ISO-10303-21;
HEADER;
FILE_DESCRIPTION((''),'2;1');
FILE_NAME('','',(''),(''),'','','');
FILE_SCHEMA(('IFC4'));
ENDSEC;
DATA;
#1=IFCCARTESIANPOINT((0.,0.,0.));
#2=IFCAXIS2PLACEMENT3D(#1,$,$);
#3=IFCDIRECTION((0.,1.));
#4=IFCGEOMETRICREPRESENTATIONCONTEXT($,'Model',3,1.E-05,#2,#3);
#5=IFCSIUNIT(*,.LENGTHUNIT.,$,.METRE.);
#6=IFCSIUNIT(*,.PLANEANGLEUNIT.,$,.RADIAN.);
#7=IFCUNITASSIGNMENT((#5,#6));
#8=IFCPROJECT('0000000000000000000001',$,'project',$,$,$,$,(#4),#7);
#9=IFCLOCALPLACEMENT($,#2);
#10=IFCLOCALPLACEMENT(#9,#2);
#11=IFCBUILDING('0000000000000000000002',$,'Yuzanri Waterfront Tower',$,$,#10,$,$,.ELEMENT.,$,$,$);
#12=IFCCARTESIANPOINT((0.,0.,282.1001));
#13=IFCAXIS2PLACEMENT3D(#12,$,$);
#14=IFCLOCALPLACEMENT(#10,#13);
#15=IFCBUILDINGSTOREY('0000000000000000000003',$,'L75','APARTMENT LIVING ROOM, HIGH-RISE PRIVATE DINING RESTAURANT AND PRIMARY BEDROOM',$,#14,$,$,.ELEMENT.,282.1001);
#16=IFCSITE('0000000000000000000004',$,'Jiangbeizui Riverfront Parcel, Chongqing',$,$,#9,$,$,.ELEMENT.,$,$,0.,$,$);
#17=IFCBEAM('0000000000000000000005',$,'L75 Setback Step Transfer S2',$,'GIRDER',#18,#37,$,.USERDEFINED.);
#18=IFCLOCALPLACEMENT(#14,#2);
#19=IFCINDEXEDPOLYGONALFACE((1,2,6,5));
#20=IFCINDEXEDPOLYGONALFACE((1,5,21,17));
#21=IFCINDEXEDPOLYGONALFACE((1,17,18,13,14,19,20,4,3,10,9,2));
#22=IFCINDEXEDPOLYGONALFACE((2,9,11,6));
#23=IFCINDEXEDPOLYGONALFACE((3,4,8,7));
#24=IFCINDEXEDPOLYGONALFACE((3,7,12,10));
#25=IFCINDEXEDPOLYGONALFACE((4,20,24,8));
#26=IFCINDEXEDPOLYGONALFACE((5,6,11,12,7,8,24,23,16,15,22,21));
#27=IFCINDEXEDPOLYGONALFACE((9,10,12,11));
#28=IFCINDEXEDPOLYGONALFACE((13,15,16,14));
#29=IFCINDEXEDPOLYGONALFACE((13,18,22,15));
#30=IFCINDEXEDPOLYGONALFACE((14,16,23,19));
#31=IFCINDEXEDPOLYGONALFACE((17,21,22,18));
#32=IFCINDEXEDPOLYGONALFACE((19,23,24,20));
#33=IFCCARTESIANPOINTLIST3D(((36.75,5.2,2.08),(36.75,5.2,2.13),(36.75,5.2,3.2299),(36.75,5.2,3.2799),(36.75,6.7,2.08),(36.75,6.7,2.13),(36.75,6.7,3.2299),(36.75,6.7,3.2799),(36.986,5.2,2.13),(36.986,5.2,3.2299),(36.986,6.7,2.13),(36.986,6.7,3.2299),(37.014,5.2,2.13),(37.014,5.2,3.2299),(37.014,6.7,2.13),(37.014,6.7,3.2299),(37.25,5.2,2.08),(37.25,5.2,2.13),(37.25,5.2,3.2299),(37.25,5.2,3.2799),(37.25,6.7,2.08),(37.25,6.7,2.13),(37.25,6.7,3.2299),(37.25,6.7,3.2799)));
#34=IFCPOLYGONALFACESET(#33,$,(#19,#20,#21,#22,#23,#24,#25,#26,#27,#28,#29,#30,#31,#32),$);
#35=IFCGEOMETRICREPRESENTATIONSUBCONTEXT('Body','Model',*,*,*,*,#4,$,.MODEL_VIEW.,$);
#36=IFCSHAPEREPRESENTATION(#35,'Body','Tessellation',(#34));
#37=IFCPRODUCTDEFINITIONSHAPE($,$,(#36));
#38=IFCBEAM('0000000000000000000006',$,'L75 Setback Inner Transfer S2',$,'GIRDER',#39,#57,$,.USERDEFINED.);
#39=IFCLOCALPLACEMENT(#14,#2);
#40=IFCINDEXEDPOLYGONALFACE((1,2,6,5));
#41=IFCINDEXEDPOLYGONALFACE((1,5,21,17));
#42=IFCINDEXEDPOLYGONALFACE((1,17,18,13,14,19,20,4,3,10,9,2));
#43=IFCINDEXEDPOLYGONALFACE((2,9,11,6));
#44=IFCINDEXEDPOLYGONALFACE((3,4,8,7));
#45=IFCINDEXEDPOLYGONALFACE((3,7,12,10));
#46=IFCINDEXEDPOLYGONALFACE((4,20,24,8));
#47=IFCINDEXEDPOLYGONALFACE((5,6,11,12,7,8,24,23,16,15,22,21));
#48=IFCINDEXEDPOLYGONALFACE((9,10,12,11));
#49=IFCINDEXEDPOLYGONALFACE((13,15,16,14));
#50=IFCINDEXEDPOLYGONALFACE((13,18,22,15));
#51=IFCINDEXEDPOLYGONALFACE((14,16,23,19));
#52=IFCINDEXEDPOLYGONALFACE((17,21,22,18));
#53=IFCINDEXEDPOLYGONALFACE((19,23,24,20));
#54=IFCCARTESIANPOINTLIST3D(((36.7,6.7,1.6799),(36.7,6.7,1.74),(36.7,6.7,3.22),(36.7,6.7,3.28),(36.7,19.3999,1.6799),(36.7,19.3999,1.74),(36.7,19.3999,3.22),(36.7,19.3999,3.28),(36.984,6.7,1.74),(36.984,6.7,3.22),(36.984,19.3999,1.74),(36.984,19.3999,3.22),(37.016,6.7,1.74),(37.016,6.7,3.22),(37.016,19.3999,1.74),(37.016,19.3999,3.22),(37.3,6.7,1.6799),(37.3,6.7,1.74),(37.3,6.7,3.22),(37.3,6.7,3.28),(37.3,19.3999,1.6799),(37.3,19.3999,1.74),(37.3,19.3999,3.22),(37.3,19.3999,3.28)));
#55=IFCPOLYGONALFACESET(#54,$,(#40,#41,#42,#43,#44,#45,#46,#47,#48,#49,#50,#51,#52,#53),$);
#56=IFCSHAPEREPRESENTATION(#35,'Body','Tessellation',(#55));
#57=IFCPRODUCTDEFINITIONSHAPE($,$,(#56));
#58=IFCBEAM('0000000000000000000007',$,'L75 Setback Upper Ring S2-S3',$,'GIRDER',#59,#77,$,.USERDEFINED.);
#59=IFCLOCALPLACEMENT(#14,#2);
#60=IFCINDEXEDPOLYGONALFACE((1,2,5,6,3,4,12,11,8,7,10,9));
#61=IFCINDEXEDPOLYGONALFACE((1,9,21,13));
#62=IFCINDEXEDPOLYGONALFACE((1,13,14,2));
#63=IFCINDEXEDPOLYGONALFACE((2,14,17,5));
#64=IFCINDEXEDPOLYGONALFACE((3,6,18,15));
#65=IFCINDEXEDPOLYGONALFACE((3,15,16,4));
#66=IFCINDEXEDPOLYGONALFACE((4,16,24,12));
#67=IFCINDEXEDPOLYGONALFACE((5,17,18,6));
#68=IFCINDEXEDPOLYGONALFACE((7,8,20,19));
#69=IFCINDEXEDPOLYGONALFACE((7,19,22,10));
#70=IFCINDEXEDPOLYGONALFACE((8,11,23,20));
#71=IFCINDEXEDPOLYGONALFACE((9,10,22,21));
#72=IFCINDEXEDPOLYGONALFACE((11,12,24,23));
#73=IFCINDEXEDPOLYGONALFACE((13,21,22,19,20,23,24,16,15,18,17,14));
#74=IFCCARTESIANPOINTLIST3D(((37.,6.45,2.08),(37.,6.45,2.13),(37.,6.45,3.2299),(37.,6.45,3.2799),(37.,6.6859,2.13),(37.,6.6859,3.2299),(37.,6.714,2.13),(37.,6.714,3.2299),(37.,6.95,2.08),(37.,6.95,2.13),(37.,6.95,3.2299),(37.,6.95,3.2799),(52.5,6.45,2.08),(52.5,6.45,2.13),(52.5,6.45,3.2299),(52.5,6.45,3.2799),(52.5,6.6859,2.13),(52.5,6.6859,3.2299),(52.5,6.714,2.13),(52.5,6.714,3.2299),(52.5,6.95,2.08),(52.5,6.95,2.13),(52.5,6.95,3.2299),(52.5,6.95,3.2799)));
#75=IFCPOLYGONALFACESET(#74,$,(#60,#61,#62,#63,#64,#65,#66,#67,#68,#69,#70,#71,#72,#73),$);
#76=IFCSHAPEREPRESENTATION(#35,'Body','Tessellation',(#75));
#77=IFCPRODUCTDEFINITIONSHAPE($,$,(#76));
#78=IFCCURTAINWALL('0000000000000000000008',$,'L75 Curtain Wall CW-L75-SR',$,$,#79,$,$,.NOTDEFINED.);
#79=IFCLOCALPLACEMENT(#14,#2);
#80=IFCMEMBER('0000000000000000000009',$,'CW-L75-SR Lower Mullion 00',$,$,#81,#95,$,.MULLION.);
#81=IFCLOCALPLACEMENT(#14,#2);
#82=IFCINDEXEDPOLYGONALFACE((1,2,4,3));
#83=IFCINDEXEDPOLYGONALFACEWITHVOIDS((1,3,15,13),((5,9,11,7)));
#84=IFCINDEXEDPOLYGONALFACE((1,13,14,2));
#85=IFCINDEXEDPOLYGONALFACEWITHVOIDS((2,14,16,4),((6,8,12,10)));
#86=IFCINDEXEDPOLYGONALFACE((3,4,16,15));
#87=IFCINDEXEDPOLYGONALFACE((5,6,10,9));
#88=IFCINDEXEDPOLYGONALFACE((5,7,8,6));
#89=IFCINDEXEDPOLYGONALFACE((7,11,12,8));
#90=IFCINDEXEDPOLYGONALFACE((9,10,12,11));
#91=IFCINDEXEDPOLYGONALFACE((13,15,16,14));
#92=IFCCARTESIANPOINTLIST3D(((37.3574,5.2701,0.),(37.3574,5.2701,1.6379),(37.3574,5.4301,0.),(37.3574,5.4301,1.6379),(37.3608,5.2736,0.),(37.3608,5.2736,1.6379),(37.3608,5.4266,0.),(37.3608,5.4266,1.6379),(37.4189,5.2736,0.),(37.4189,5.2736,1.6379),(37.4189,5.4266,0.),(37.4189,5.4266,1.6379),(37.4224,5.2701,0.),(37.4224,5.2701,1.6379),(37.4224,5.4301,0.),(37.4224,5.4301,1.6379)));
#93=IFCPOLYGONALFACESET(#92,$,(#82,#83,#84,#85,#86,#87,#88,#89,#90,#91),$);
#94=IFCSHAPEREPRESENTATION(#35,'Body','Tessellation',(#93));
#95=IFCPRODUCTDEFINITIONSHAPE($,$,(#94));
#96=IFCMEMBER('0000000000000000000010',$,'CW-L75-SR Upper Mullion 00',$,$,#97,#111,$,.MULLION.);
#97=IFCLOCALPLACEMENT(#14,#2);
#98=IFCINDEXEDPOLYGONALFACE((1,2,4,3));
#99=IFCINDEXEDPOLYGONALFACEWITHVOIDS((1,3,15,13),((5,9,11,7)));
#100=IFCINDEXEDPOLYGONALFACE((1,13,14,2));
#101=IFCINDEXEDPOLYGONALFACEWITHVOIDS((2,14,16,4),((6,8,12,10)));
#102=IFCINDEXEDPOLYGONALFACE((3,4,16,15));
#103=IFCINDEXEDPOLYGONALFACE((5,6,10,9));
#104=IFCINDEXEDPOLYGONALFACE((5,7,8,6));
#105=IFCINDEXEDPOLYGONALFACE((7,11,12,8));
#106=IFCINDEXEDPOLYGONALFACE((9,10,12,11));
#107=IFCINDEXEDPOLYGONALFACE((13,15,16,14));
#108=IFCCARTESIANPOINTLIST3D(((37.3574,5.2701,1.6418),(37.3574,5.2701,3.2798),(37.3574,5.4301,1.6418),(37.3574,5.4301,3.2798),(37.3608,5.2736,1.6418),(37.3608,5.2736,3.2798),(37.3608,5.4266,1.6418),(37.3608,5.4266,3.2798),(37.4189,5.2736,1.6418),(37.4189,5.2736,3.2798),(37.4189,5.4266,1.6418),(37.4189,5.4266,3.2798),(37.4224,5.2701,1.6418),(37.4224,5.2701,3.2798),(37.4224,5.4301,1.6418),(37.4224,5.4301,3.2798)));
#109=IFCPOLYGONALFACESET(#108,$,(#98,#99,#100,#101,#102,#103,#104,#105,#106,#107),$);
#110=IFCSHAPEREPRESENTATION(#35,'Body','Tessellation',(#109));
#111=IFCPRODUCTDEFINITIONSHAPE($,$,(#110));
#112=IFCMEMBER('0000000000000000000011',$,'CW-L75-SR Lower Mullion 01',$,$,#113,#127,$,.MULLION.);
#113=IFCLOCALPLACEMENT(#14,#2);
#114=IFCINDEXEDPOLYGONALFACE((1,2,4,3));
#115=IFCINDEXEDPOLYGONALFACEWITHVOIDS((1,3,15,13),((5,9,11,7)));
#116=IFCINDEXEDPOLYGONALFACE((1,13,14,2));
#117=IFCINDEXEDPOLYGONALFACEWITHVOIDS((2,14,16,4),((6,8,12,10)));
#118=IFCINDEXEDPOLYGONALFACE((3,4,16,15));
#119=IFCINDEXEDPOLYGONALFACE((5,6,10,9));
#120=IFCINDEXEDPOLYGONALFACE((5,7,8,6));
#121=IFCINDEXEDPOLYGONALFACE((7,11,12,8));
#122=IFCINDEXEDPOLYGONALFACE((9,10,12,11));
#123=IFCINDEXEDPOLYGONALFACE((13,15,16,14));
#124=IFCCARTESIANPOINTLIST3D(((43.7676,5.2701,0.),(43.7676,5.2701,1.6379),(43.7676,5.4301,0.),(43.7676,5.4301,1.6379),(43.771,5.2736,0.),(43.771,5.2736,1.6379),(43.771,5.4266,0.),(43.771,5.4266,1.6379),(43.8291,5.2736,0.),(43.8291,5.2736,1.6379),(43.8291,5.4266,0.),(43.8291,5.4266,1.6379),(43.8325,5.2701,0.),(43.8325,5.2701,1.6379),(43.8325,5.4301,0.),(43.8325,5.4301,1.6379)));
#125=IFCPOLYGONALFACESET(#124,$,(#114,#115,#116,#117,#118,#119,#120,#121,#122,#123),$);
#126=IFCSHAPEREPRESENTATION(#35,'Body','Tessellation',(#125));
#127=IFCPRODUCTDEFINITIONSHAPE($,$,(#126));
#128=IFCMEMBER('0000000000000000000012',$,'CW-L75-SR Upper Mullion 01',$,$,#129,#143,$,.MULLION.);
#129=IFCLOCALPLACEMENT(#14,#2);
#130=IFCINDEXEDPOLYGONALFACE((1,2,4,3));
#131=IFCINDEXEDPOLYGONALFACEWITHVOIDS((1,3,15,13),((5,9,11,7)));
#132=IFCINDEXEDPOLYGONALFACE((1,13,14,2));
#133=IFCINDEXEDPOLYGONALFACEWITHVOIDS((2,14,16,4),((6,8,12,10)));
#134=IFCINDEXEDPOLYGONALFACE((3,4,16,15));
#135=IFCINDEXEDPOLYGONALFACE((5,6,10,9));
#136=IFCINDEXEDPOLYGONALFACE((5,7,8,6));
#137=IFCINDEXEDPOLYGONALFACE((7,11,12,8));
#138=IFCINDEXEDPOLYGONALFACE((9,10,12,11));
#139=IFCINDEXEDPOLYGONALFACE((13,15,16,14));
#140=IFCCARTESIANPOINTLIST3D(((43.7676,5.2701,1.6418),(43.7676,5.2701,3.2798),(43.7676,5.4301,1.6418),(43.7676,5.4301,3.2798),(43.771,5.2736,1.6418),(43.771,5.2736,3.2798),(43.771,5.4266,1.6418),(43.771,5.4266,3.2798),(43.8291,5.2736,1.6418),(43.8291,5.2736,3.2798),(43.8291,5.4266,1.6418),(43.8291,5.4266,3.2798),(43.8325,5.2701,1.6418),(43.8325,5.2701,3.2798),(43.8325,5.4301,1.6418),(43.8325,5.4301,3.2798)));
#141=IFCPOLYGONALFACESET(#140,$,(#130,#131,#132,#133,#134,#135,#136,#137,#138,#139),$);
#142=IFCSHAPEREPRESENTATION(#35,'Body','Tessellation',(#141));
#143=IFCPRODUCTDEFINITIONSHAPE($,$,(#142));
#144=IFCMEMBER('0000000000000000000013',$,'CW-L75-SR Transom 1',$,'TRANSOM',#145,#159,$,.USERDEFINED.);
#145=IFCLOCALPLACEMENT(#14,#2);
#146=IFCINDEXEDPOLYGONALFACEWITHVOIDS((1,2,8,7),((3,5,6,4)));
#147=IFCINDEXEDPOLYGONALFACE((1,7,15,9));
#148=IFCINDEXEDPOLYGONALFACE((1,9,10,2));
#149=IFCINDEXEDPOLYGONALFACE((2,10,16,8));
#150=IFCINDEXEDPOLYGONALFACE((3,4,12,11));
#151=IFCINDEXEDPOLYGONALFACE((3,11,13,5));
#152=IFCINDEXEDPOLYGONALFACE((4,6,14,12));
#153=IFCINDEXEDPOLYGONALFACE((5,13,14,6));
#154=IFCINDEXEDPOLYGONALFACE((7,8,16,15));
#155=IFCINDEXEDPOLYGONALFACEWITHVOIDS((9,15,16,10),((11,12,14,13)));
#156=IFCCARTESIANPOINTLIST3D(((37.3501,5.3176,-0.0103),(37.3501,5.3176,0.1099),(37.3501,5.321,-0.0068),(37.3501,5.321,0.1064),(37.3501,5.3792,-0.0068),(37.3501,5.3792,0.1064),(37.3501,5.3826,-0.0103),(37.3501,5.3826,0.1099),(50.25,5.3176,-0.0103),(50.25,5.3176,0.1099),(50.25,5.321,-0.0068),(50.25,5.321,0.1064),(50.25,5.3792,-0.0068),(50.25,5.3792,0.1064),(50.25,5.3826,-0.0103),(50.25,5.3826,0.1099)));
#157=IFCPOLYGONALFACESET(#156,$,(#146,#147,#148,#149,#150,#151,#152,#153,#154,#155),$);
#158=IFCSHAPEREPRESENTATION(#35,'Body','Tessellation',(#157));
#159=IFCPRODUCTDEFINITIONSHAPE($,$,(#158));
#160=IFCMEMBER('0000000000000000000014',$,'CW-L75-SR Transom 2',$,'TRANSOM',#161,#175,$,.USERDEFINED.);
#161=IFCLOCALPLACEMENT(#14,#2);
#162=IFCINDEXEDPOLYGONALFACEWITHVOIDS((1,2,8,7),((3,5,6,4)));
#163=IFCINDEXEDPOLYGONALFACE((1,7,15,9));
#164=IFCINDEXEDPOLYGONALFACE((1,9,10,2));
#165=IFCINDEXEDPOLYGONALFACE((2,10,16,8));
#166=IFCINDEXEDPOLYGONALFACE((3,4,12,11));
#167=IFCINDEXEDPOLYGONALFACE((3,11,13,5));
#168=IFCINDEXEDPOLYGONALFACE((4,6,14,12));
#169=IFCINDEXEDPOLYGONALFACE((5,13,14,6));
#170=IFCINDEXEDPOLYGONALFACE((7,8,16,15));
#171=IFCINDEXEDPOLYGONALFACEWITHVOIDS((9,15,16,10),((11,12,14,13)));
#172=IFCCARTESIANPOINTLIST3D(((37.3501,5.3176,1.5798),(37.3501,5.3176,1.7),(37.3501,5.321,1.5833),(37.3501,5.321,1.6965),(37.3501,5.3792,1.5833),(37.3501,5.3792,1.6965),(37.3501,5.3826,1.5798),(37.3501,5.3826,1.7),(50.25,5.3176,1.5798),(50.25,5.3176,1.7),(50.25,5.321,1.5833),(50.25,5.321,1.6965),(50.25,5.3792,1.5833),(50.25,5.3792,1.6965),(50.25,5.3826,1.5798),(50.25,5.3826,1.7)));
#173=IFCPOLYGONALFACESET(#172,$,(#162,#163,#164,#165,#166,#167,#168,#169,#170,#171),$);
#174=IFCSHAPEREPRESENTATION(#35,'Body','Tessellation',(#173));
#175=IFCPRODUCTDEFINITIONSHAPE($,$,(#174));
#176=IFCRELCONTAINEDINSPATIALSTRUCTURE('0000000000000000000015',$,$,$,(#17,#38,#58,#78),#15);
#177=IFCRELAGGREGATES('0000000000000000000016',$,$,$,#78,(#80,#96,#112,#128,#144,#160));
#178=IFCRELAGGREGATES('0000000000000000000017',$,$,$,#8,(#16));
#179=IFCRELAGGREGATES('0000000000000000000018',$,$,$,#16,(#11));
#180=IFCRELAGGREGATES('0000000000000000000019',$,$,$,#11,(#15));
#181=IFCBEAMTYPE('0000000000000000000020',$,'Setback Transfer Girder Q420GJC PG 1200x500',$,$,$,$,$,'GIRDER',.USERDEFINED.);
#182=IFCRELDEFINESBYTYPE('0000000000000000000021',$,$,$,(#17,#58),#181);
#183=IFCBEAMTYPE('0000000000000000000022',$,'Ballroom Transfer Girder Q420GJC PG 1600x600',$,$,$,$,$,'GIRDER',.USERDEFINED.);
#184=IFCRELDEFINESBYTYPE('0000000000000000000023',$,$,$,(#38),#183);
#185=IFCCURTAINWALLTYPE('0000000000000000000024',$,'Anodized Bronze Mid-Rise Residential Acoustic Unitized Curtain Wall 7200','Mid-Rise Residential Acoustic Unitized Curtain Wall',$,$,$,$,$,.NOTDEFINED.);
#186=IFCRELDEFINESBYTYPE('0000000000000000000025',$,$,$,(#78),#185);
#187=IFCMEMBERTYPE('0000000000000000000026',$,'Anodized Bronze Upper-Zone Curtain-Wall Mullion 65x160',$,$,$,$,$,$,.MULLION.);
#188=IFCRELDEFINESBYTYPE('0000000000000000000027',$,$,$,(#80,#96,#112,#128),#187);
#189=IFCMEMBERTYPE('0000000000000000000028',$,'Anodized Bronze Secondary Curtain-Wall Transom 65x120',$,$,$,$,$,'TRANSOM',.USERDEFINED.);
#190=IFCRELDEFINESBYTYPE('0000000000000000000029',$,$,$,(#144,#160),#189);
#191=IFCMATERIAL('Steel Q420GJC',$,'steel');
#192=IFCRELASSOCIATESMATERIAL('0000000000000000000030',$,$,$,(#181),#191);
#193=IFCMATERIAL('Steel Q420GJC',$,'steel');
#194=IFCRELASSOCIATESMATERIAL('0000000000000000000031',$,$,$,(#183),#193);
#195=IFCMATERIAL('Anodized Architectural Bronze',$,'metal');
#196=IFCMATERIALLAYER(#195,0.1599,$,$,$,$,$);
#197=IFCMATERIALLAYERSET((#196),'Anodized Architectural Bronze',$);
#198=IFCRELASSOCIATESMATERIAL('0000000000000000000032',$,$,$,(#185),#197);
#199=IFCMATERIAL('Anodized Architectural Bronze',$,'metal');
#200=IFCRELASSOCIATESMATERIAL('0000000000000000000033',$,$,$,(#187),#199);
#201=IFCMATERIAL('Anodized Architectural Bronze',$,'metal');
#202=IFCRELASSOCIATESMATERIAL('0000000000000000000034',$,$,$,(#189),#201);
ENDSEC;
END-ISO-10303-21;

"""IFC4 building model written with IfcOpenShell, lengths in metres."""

from ifc_helpers import new_model, si_unit, direction, frame, origin, origin_2d, place, context, subcontext, project, spatial, hollow_rectangle, i_section, extrude, source, transform, mapped, material, layer, layer_set, material_profile, profile_set, type_object, element, aggregate, save


model = new_model("IFC4")

# Units and contexts
model_context = context("Model", 3, precision=1e-05, world=origin(), true_north=direction((0.0, 1.0)))
body_context = subcontext(model_context, "Body", "Model", "MODEL_VIEW")
ifc_project = project(units=[si_unit("LENGTHUNIT", "METRE"), si_unit("PLANEANGLEUNIT", "RADIAN")], contexts=[model_context])

# Site, building, storey
site_placement = place(None, origin())
site = spatial("IfcSite", under=ifc_project, at=site_placement, Name="Jiangbeizui Riverfront Parcel, Chongqing", CompositionType="ELEMENT", RefElevation=0.0)
building_placement = place(site_placement, origin())
building = spatial("IfcBuilding", under=site, at=building_placement, Name="Yuzanri Waterfront Tower", CompositionType="ELEMENT")
storey_placement = place(building_placement, frame((0.0, 0.0, 282.1001)))
storey = spatial("IfcBuildingStorey", under=building, at=storey_placement, Name="L75", Description="APARTMENT LIVING ROOM, HIGH-RISE PRIVATE DINING RESTAURANT AND PRIMARY BEDROOM", CompositionType="ELEMENT", Elevation=282.1001)

# Beams
ifc_material_1 = material(Name="Steel Q420GJC", Category="steel")
ifc_material_profile_1 = material_profile(ifc_material_1, i_section(OverallWidth=0.5, OverallDepth=1.2, WebThickness=0.0281, FlangeThickness=0.05, at=origin_2d()), Name="PG 1200x500x28x50")
ifc_profile_set_1 = profile_set([ifc_material_profile_1], Name="Steel Q420GJC")
beam_type_1 = type_object("IfcBeamType", Name="Setback Transfer Girder Q420GJC PG 1200x500", ElementType="GIRDER", PredefinedType="USERDEFINED", material=ifc_profile_set_1)
shared_shape_1 = source(origin(), body_context, "Body", "SweptSolid", [
    extrude(i_section(OverallWidth=0.5, OverallDepth=1.2, WebThickness=0.0281, FlangeThickness=0.05, at=origin_2d()), origin(), (0.0, 0.0, 1.0), 1.5),
])
beam_1_placement = place(storey_placement, frame((37.0, 6.7, 2.6799), z_axis=(0.0, -1.0, 0.0), x_axis=(1.0, 0.0, 0.0)))
element("IfcBeam", 1, at=beam_1_placement, inside=storey, type_object=beam_type_1, Name="L75 Setback Step Transfer S2", ObjectType="GIRDER", PredefinedType="USERDEFINED", context=body_context, shape_type="MappedRepresentation", body=[
    mapped(shared_shape_1, transform((0.0, 0.0, 0.0), scale=1.0)),
])
ifc_material_2 = material(Name="Steel Q420GJC", Category="steel")
ifc_material_profile_2 = material_profile(ifc_material_2, i_section(OverallWidth=0.6001, OverallDepth=1.6001, WebThickness=0.032, FlangeThickness=0.0601, at=origin_2d()), Name="PG 1600x600x32x60")
ifc_profile_set_2 = profile_set([ifc_material_profile_2], Name="Steel Q420GJC")
beam_type_2 = type_object("IfcBeamType", Name="Ballroom Transfer Girder Q420GJC PG 1600x600", ElementType="GIRDER", PredefinedType="USERDEFINED", material=ifc_profile_set_2)
shared_shape_2 = source(origin(), body_context, "Body", "SweptSolid", [
    extrude(i_section(OverallWidth=0.6001, OverallDepth=1.6001, WebThickness=0.032, FlangeThickness=0.0601, at=origin_2d()), origin(), (0.0, 0.0, 1.0), 12.7),
])
beam_2_placement = place(storey_placement, frame((37.0, 19.3999, 2.48), z_axis=(0.0, -1.0, 0.0), x_axis=(1.0, 0.0, 0.0)))
element("IfcBeam", 2, at=beam_2_placement, inside=storey, type_object=beam_type_2, Name="L75 Setback Inner Transfer S2", ObjectType="GIRDER", PredefinedType="USERDEFINED", context=body_context, shape_type="MappedRepresentation", body=[
    mapped(shared_shape_2, transform((0.0, 0.0, 0.0), scale=1.0)),
])
shared_shape_3 = source(origin(), body_context, "Body", "SweptSolid", [
    extrude(i_section(OverallWidth=0.5, OverallDepth=1.2, WebThickness=0.0281, FlangeThickness=0.05, at=origin_2d()), origin(), (0.0, 0.0, 1.0), 15.5),
])
beam_3_placement = place(storey_placement, frame((37.0, 6.7, 2.6799), z_axis=(1.0, 0.0, 0.0), x_axis=(0.0, 1.0, 0.0)))
element("IfcBeam", 3, at=beam_3_placement, inside=storey, type_object=beam_type_1, Name="L75 Setback Upper Ring S2-S3", ObjectType="GIRDER", PredefinedType="USERDEFINED", context=body_context, shape_type="MappedRepresentation", body=[
    mapped(shared_shape_3, transform((0.0, 0.0, 0.0), scale=1.0)),
])

# Curtain wall, members
ifc_material_3 = material(Name="Anodized Architectural Bronze", Category="metal")
ifc_layer_1 = layer(ifc_material_3, 0.1599)
ifc_layer_set_1 = layer_set([ifc_layer_1], Name="Anodized Architectural Bronze")
curtain_wall_type = type_object("IfcCurtainWallType", Name="Anodized Bronze Mid-Rise Residential Acoustic Unitized Curtain Wall 7200", Description="Mid-Rise Residential Acoustic Unitized Curtain Wall", PredefinedType="NOTDEFINED", material=ifc_layer_set_1)
curtain_wall_placement = place(storey_placement, origin())
curtain_wall = element("IfcCurtainWall", 4, at=curtain_wall_placement, inside=storey, type_object=curtain_wall_type, Name="L75 Curtain Wall CW-L75-SR", PredefinedType="NOTDEFINED")
ifc_material_4 = material(Name="Anodized Architectural Bronze", Category="metal")
ifc_material_profile_3 = material_profile(ifc_material_4, hollow_rectangle(XDim=0.0649, YDim=0.1599, WallThickness=0.0034, at=origin_2d()), Name="CWM 65x160")
ifc_profile_set_3 = profile_set([ifc_material_profile_3], Name="Anodized Architectural Bronze")
member_type_1 = type_object("IfcMemberType", Name="Anodized Bronze Upper-Zone Curtain-Wall Mullion 65x160", PredefinedType="MULLION", material=ifc_profile_set_3)
shared_shape_4 = source(origin(), body_context, "Body", "SweptSolid", [
    extrude(hollow_rectangle(XDim=0.0649, YDim=0.1599, WallThickness=0.0034, at=origin_2d()), origin(), (0.0, 0.0, 1.0), 1.6379),
])
member_1_placement = place(storey_placement, frame((37.3899, 5.3501, 0.0), z_axis=(0.0, 0.0, 1.0), x_axis=(1.0, 0.0, 0.0)))
member_1 = element("IfcMember", 5, at=member_1_placement, type_object=member_type_1, Name="CW-L75-SR Lower Mullion 00", PredefinedType="MULLION", context=body_context, shape_type="MappedRepresentation", body=[
    mapped(shared_shape_4, transform((0.0, 0.0, 0.0), scale=1.0)),
])
member_2_placement = place(storey_placement, frame((37.3899, 5.3501, 1.6418), z_axis=(0.0, 0.0, 1.0), x_axis=(1.0, 0.0, 0.0)))
member_2 = element("IfcMember", 6, at=member_2_placement, type_object=member_type_1, Name="CW-L75-SR Upper Mullion 00", PredefinedType="MULLION", context=body_context, shape_type="MappedRepresentation", body=[
    mapped(shared_shape_4, transform((0.0, 0.0, 0.0), scale=1.0)),
])
member_3_placement = place(storey_placement, frame((43.8, 5.3501, 0.0), z_axis=(0.0, 0.0, 1.0), x_axis=(1.0, 0.0, 0.0)))
member_3 = element("IfcMember", 7, at=member_3_placement, type_object=member_type_1, Name="CW-L75-SR Lower Mullion 01", PredefinedType="MULLION", context=body_context, shape_type="MappedRepresentation", body=[
    mapped(shared_shape_4, transform((0.0, 0.0, 0.0), scale=1.0)),
])
member_4_placement = place(storey_placement, frame((43.8, 5.3501, 1.6418), z_axis=(0.0, 0.0, 1.0), x_axis=(1.0, 0.0, 0.0)))
member_4 = element("IfcMember", 8, at=member_4_placement, type_object=member_type_1, Name="CW-L75-SR Upper Mullion 01", PredefinedType="MULLION", context=body_context, shape_type="MappedRepresentation", body=[
    mapped(shared_shape_4, transform((0.0, 0.0, 0.0), scale=1.0)),
])
ifc_material_5 = material(Name="Anodized Architectural Bronze", Category="metal")
ifc_material_profile_4 = material_profile(ifc_material_5, hollow_rectangle(XDim=0.0649, YDim=0.1201, WallThickness=0.0034, at=origin_2d()), Name="CWT 65x120")
ifc_profile_set_4 = profile_set([ifc_material_profile_4], Name="Anodized Architectural Bronze")
member_type_2 = type_object("IfcMemberType", Name="Anodized Bronze Secondary Curtain-Wall Transom 65x120", ElementType="TRANSOM", PredefinedType="USERDEFINED", material=ifc_profile_set_4)
shared_shape_5 = source(origin(), body_context, "Body", "SweptSolid", [
    extrude(hollow_rectangle(XDim=0.0649, YDim=0.1201, WallThickness=0.0034, at=origin_2d()), origin(), (0.0, 0.0, 1.0), 12.8999),
])
member_5_placement = place(storey_placement, frame((37.3501, 5.3501, 0.0498), z_axis=(1.0, 0.0, 0.0), x_axis=(0.0, 1.0, 0.0)))
member_5 = element("IfcMember", 9, at=member_5_placement, type_object=member_type_2, Name="CW-L75-SR Transom 1", ObjectType="TRANSOM", PredefinedType="USERDEFINED", context=body_context, shape_type="MappedRepresentation", body=[
    mapped(shared_shape_5, transform((0.0, 0.0, 0.0), scale=1.0)),
])
member_6_placement = place(storey_placement, frame((37.3501, 5.3501, 1.6399), z_axis=(1.0, 0.0, 0.0), x_axis=(0.0, 1.0, 0.0)))
member_6 = element("IfcMember", 10, at=member_6_placement, type_object=member_type_2, Name="CW-L75-SR Transom 2", ObjectType="TRANSOM", PredefinedType="USERDEFINED", context=body_context, shape_type="MappedRepresentation", body=[
    mapped(shared_shape_5, transform((0.0, 0.0, 0.0), scale=1.0)),
])
aggregate(curtain_wall, [member_1, member_2, member_3, member_4, member_5, member_6])

save(model, "model.ifc")
